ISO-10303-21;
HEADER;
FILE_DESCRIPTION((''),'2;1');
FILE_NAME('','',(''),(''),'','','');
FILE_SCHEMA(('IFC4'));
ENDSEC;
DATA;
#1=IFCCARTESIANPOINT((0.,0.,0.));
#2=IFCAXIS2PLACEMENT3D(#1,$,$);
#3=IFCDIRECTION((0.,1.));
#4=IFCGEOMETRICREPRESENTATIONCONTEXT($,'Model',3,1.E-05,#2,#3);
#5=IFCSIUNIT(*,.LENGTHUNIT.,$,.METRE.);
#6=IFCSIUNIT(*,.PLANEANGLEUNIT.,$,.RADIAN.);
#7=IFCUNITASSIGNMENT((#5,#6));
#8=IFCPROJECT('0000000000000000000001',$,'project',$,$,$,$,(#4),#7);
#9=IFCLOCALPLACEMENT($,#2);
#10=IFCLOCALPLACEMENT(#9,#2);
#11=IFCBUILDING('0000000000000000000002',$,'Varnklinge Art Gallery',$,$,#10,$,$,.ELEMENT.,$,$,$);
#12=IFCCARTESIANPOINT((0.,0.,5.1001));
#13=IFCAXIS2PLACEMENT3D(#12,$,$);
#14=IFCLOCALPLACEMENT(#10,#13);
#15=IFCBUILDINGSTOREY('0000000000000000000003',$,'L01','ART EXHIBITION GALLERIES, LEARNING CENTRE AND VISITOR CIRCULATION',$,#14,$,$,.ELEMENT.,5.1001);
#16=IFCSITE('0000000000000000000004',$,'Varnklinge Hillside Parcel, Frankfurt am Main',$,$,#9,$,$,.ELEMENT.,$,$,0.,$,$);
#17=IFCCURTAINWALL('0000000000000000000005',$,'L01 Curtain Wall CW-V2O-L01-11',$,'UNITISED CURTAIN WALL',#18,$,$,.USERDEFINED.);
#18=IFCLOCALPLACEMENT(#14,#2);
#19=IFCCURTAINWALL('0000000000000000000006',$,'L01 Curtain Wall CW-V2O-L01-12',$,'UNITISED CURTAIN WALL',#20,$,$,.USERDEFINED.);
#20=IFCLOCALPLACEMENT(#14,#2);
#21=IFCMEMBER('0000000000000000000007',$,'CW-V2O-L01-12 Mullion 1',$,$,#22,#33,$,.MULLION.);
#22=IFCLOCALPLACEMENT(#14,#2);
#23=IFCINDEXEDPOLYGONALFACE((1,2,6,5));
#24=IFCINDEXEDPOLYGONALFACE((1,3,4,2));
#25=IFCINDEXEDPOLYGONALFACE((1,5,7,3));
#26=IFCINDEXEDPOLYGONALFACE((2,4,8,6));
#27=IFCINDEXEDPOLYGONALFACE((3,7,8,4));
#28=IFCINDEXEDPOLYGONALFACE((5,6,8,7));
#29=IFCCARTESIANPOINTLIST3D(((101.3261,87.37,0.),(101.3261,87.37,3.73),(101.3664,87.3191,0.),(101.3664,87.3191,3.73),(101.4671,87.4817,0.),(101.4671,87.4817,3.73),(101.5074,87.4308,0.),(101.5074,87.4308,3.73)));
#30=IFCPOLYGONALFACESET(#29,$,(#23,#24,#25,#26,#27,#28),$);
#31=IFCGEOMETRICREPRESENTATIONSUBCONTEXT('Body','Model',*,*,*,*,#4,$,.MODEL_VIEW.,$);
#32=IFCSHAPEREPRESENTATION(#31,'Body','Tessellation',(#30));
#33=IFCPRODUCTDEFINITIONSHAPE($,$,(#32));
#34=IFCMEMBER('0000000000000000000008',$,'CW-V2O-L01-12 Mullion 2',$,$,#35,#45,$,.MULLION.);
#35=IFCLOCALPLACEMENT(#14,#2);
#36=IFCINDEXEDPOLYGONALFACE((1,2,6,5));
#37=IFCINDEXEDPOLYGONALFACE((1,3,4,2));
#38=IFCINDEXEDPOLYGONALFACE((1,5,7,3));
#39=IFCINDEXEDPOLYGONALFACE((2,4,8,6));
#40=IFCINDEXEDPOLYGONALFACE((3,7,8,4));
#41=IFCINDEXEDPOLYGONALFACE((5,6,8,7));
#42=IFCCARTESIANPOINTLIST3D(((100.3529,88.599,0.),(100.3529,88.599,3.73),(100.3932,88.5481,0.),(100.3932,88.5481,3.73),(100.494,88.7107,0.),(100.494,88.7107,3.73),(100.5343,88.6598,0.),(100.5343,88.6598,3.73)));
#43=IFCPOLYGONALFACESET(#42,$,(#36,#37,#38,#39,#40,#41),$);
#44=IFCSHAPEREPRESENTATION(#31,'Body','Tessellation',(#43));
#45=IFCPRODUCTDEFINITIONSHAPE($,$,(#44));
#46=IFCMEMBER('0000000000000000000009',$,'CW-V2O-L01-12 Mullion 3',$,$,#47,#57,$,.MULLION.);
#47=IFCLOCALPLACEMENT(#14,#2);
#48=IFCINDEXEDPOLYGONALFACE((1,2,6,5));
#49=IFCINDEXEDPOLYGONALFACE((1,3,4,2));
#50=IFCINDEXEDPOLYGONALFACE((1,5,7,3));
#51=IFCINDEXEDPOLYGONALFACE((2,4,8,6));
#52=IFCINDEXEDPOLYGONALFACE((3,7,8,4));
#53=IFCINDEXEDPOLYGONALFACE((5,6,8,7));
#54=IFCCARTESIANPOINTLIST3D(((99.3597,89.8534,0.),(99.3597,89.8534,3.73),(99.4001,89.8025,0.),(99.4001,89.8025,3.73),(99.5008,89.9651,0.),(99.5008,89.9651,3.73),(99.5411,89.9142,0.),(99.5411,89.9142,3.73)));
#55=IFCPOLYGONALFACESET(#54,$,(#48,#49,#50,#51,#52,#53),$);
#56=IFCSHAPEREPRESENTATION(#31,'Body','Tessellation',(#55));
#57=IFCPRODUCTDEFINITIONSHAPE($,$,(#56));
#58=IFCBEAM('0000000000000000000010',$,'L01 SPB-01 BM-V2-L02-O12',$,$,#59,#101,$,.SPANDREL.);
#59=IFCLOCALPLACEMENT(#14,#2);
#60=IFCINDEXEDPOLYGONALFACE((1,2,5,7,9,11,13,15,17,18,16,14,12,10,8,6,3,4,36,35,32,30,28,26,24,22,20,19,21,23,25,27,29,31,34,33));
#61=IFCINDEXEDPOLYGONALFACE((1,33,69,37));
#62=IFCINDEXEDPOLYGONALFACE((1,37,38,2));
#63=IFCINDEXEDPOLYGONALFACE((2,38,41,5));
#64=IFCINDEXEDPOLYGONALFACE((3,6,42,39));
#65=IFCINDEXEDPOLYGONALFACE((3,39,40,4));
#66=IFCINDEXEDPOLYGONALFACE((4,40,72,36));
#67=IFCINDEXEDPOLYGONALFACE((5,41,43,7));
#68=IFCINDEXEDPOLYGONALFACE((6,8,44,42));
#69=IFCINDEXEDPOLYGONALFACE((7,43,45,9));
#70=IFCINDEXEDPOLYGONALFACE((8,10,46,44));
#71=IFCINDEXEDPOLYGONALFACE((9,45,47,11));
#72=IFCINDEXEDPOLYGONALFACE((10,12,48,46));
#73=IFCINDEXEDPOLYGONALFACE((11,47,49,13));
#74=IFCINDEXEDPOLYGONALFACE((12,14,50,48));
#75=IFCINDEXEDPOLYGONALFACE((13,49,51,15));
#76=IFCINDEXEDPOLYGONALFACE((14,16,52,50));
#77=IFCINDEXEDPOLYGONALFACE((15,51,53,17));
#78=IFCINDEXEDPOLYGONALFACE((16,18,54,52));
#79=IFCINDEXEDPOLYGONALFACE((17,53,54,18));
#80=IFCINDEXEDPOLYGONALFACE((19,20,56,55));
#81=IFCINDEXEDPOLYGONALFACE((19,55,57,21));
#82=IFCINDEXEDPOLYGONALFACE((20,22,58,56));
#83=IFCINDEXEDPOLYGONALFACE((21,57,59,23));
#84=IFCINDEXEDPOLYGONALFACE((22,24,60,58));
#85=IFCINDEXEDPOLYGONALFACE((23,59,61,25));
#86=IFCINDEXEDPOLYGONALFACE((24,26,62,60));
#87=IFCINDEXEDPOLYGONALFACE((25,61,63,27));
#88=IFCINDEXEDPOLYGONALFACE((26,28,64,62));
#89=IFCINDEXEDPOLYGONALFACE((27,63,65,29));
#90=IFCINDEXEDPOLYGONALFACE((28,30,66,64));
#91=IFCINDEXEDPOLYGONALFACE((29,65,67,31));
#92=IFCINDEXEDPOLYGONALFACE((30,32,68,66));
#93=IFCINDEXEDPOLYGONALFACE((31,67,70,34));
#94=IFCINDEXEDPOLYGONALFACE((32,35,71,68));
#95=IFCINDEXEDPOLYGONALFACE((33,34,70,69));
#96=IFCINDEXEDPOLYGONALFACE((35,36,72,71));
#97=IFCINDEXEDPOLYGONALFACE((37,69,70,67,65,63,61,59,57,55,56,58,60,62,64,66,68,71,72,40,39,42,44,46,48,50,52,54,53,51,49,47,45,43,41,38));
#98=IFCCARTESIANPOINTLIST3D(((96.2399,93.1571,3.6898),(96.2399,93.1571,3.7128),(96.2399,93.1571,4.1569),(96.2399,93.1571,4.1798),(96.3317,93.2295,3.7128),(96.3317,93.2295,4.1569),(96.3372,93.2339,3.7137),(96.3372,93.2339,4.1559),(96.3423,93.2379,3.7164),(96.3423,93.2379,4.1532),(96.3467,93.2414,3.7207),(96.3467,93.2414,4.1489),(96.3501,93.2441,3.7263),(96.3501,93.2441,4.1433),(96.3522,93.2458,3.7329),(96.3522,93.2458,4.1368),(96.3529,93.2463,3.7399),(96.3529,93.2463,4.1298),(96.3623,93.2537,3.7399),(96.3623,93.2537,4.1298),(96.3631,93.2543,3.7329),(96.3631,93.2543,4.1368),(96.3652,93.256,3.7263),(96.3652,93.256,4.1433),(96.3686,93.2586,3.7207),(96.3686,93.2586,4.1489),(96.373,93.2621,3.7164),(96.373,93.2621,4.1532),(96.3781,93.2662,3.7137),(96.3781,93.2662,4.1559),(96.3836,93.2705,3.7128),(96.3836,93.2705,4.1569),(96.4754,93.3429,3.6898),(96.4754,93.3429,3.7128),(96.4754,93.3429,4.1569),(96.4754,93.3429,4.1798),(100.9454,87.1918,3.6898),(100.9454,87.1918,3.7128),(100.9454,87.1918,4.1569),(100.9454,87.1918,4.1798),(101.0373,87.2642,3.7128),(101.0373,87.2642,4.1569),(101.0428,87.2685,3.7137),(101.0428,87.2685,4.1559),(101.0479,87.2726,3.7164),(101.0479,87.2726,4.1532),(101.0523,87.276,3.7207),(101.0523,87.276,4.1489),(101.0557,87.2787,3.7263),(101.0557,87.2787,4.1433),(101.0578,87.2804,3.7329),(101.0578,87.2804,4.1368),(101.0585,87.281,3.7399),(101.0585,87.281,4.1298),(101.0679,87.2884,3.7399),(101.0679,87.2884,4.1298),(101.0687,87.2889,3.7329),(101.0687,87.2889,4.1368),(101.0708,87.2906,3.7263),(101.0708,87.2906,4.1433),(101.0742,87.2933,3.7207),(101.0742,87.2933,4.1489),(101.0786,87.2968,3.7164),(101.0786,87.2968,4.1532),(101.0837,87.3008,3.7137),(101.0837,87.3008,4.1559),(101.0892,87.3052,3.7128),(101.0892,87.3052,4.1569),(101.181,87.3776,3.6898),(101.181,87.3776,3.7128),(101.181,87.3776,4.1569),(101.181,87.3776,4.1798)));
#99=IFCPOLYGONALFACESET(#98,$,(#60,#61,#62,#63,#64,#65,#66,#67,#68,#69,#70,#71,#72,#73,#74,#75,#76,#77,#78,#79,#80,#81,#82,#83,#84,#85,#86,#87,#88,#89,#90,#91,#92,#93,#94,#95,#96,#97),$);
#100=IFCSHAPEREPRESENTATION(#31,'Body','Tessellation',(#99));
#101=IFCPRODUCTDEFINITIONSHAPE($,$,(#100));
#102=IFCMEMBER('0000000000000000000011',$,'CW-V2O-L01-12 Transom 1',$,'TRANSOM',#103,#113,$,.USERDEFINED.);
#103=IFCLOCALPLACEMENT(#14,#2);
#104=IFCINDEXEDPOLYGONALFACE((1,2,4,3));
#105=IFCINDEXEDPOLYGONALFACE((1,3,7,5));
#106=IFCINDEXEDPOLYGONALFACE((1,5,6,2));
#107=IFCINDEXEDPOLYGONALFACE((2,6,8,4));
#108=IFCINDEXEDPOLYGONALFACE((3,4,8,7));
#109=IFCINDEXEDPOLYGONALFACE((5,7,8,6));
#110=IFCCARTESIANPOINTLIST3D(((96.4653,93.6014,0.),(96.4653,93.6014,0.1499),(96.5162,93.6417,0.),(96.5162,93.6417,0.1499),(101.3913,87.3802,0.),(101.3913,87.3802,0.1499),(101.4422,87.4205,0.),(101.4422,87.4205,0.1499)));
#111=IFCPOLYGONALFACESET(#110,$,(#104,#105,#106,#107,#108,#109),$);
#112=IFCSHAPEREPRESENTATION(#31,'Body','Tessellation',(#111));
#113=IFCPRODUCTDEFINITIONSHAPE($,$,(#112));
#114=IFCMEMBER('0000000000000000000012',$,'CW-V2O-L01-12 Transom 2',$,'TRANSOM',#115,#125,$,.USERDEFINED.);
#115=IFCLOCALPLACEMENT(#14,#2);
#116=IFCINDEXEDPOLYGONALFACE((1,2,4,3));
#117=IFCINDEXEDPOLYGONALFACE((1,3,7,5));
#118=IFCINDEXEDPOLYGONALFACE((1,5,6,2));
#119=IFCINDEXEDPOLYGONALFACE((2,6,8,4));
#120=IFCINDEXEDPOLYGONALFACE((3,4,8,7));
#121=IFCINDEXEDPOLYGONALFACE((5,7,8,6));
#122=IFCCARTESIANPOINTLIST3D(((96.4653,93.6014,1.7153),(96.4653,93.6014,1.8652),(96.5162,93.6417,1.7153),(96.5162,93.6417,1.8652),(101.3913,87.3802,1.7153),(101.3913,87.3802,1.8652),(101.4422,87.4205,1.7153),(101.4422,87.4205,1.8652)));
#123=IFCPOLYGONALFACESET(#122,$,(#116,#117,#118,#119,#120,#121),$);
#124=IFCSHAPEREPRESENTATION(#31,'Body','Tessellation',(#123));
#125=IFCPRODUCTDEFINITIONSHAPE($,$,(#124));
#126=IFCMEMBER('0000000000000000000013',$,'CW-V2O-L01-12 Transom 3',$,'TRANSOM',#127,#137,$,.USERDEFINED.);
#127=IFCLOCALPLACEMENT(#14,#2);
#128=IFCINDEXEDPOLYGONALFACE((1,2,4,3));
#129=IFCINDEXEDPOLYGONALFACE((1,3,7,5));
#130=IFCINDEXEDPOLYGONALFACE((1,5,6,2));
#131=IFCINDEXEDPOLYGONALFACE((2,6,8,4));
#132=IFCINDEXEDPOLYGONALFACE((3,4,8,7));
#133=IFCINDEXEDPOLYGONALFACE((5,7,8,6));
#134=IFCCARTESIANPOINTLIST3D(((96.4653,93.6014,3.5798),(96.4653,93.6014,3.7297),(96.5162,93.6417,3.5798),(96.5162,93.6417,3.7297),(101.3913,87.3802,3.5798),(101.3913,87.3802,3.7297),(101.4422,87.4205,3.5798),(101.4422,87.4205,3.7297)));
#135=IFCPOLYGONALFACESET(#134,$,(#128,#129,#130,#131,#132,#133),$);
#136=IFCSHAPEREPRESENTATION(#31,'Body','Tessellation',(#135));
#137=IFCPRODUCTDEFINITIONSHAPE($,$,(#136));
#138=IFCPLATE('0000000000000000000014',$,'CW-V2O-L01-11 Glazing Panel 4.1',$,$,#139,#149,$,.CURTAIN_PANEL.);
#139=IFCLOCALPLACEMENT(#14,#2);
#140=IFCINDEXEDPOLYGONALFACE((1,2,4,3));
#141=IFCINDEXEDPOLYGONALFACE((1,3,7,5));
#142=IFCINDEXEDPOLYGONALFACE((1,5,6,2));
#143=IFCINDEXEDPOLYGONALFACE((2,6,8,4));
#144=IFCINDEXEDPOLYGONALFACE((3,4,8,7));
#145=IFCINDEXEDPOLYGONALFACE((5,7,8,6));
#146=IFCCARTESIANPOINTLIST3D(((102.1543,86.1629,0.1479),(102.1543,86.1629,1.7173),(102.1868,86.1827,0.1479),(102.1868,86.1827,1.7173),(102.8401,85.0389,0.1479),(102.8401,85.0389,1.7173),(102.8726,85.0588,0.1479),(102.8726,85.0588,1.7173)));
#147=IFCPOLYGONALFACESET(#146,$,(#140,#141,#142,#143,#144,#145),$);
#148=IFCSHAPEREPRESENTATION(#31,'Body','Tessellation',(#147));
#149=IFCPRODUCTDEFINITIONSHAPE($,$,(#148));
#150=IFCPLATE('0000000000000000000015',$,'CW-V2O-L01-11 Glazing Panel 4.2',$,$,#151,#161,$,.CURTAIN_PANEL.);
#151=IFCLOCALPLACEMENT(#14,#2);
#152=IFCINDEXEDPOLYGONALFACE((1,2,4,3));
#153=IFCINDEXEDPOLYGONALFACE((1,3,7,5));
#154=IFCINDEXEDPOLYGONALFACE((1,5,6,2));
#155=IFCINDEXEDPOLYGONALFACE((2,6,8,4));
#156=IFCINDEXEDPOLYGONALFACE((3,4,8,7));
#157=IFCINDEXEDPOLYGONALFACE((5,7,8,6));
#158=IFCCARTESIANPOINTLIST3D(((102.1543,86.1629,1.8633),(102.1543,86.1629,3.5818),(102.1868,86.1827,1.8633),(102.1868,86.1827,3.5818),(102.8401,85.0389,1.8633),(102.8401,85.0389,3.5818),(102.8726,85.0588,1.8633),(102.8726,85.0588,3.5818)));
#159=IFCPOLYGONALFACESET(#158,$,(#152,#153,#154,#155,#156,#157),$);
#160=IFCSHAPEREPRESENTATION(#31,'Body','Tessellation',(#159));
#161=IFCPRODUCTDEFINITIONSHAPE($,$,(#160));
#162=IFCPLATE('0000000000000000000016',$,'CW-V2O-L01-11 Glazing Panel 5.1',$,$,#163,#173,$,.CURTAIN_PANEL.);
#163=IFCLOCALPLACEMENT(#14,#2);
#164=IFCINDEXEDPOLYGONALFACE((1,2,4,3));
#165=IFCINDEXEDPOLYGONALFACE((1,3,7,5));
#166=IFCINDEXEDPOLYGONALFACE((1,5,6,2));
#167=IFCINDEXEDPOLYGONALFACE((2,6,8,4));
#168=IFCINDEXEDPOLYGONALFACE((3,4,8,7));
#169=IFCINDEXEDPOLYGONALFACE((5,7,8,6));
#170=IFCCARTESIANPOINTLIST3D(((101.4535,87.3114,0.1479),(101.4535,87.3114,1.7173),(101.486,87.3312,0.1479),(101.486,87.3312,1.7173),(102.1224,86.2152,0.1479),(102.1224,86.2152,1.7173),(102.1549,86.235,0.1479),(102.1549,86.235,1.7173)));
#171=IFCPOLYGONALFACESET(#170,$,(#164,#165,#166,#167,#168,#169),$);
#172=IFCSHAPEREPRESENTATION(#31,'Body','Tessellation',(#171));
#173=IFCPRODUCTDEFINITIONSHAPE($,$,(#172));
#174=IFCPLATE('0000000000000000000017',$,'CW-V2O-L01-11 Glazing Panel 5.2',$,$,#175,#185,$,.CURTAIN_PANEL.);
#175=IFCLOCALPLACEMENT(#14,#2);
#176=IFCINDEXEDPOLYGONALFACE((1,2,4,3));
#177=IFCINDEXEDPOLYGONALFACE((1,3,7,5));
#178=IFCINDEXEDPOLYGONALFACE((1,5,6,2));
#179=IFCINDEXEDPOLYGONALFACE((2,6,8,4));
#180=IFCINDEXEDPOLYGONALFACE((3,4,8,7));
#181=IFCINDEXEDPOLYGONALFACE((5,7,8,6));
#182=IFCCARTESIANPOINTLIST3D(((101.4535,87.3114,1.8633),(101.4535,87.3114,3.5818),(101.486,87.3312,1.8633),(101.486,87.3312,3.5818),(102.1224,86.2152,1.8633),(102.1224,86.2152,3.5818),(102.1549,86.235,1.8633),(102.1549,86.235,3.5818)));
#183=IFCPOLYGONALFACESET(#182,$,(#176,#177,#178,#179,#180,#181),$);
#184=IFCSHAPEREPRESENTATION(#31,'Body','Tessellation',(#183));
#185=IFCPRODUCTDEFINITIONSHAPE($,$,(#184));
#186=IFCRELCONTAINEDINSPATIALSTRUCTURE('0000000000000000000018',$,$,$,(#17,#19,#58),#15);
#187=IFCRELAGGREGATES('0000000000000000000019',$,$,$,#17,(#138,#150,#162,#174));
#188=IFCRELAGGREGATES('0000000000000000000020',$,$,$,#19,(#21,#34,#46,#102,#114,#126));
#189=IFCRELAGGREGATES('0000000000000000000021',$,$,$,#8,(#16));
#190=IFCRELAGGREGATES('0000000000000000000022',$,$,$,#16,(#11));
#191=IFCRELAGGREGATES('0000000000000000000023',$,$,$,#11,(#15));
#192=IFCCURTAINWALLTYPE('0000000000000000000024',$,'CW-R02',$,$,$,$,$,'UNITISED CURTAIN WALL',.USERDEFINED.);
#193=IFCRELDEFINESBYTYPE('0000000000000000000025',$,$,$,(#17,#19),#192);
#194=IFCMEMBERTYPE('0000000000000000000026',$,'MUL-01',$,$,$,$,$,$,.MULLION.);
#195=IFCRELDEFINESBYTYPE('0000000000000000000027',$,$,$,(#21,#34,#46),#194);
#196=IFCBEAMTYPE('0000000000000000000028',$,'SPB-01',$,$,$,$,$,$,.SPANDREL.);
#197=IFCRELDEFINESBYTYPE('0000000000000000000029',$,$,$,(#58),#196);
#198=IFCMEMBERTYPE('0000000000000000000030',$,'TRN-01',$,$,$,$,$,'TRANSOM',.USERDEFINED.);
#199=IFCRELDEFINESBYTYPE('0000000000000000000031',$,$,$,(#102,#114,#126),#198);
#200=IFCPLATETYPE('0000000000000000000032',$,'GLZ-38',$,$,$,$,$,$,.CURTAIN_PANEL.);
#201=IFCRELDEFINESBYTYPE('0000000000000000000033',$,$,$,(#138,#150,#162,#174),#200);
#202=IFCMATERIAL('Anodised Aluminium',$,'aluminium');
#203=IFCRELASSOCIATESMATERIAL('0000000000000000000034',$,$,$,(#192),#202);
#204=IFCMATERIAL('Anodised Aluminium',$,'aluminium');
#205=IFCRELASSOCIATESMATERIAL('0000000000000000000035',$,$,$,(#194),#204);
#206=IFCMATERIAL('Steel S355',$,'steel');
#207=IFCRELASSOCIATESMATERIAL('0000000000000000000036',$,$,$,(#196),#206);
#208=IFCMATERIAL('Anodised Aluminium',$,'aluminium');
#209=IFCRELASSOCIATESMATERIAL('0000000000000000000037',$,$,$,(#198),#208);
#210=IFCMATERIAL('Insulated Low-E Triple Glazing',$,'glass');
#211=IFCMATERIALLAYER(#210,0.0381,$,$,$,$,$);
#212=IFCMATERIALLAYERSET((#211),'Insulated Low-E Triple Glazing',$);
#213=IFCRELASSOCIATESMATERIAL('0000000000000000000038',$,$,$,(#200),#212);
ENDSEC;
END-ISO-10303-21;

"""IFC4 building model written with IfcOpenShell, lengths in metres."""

from ifc_helpers import new_model, si_unit, direction, frame, origin, origin_2d, place, context, subcontext, project, spatial, rectangle, i_section, extrude, material, layer, layer_set, material_profile, profile_set, type_object, element, aggregate, save


model = new_model("IFC4")

# Units and contexts
model_context = context("Model", 3, precision=1e-05, world=origin(), true_north=direction((0.0, 1.0)))
body_context = subcontext(model_context, "Body", "Model", "MODEL_VIEW")
ifc_project = project(units=[si_unit("LENGTHUNIT", "METRE"), si_unit("PLANEANGLEUNIT", "RADIAN")], contexts=[model_context])

# Site, building, storey
site_placement = place(None, origin())
site = spatial("IfcSite", under=ifc_project, at=site_placement, Name="Varnklinge Hillside Parcel, Frankfurt am Main", CompositionType="ELEMENT", RefElevation=0.0)
building_placement = place(site_placement, origin())
building = spatial("IfcBuilding", under=site, at=building_placement, Name="Varnklinge Art Gallery", CompositionType="ELEMENT")
storey_placement = place(building_placement, frame((0.0, 0.0, 5.1001)))
storey = spatial("IfcBuildingStorey", under=building, at=storey_placement, Name="L01", Description="ART EXHIBITION GALLERIES, LEARNING CENTRE AND VISITOR CIRCULATION", CompositionType="ELEMENT", Elevation=5.1001)

# Curtain walls, members
ifc_material_1 = material(Name="Anodised Aluminium", Category="aluminium")
curtain_wall_type = type_object("IfcCurtainWallType", Name="CW-R02", ElementType="UNITISED CURTAIN WALL", PredefinedType="USERDEFINED", material=ifc_material_1)
curtain_wall_1_placement = place(storey_placement, origin())
curtain_wall_1 = element("IfcCurtainWall", 1, at=curtain_wall_1_placement, inside=storey, type_object=curtain_wall_type, Name="L01 Curtain Wall CW-V2O-L01-11", ObjectType="UNITISED CURTAIN WALL", PredefinedType="USERDEFINED")
ifc_material_2 = material(Name="Anodised Aluminium", Category="aluminium")
ifc_material_profile_1 = material_profile(ifc_material_2, rectangle(XDim=0.0649, YDim=0.1799, at=origin_2d()), Name="ALU 65x180")
ifc_profile_set_1 = profile_set([ifc_material_profile_1], Name="Anodised Aluminium")
member_type_1 = type_object("IfcMemberType", Name="MUL-01", PredefinedType="MULLION", material=ifc_profile_set_1)
curtain_wall_2_placement = place(storey_placement, origin())
curtain_wall_2 = element("IfcCurtainWall", 2, at=curtain_wall_2_placement, inside=storey, type_object=curtain_wall_type, Name="L01 Curtain Wall CW-V2O-L01-12", ObjectType="UNITISED CURTAIN WALL", PredefinedType="USERDEFINED")
member_1_placement = place(storey_placement, frame((101.4167, 87.4004, 0.0), z_axis=(0.0, 0.0, 1.0), x_axis=(-0.620737, 0.784019, 0.0)))
member_1 = element("IfcMember", 3, at=member_1_placement, type_object=member_type_1, Name="CW-V2O-L01-12 Mullion 1", PredefinedType="MULLION", context=body_context, shape_type="SweptSolid", body=[
    extrude(rectangle(XDim=0.0649, YDim=0.1799, at=origin_2d()), origin(), (0.0, 0.0, 1.0), 3.73),
])
member_2_placement = place(storey_placement, frame((100.4436, 88.6294, 0.0), z_axis=(0.0, 0.0, 1.0), x_axis=(-0.620737, 0.784019, 0.0)))
member_2 = element("IfcMember", 4, at=member_2_placement, type_object=member_type_1, Name="CW-V2O-L01-12 Mullion 2", PredefinedType="MULLION", context=body_context, shape_type="SweptSolid", body=[
    extrude(rectangle(XDim=0.0649, YDim=0.1799, at=origin_2d()), origin(), (0.0, 0.0, 1.0), 3.73),
])
member_3_placement = place(storey_placement, frame((99.4504, 89.8838, 0.0), z_axis=(0.0, 0.0, 1.0), x_axis=(-0.620737, 0.784019, 0.0)))
member_3 = element("IfcMember", 5, at=member_3_placement, type_object=member_type_1, Name="CW-V2O-L01-12 Mullion 3", PredefinedType="MULLION", context=body_context, shape_type="SweptSolid", body=[
    extrude(rectangle(XDim=0.0649, YDim=0.1799, at=origin_2d()), origin(), (0.0, 0.0, 1.0), 3.73),
])

# Beam
ifc_material_3 = material(Name="Steel S355", Category="steel")
ifc_material_profile_2 = material_profile(ifc_material_3, i_section(OverallWidth=0.3, OverallDepth=0.49, WebThickness=0.012, FlangeThickness=0.0229, FilletRadius=0.0271, at=origin_2d()), Name="HEA 500")
ifc_profile_set_2 = profile_set([ifc_material_profile_2], Name="Steel S355")
beam_type_1 = type_object("IfcBeamType", Name="SPB-01", PredefinedType="SPANDREL", material=ifc_profile_set_2)
beam_1_placement = place(storey_placement, frame((101.0632, 87.2847, 3.9348), z_axis=(-0.619328, 0.785133, 0.0), x_axis=(-0.785133, -0.619328, 0.0)))
element("IfcBeam", 6, at=beam_1_placement, inside=storey, type_object=beam_type_1, Name="L01 SPB-01 BM-V2-L02-O12", PredefinedType="SPANDREL", context=body_context, shape_type="SweptSolid", body=[
    extrude(i_section(OverallWidth=0.3, OverallDepth=0.49, WebThickness=0.012, FlangeThickness=0.0229, FilletRadius=0.0271, at=origin_2d()), origin(), (0.0, 0.0, 1.0), 7.5979),
])

# Members
ifc_material_4 = material(Name="Anodised Aluminium", Category="aluminium")
ifc_material_profile_3 = material_profile(ifc_material_4, rectangle(XDim=0.0649, YDim=0.1499, at=origin_2d()), Name="ALU 65x150")
ifc_profile_set_3 = profile_set([ifc_material_profile_3], Name="Anodised Aluminium")
member_type_2 = type_object("IfcMemberType", Name="TRN-01", ElementType="TRANSOM", PredefinedType="USERDEFINED", material=ifc_profile_set_3)
member_4_placement = place(storey_placement, frame((101.4167, 87.4004, 0.075), z_axis=(-0.620774, 0.78399, 0.0), x_axis=(-0.78399, -0.620774, 0.0)))
member_4 = element("IfcMember", 7, at=member_4_placement, type_object=member_type_2, Name="CW-V2O-L01-12 Transom 1", ObjectType="TRANSOM", PredefinedType="USERDEFINED", context=body_context, shape_type="SweptSolid", body=[
    extrude(rectangle(XDim=0.0649, YDim=0.1499, at=origin_2d()), origin(), (0.0, 0.0, 1.0), 7.9353),
])
member_5_placement = place(storey_placement, frame((101.4167, 87.4004, 1.7903), z_axis=(-0.620774, 0.78399, 0.0), x_axis=(-0.78399, -0.620774, 0.0)))
member_5 = element("IfcMember", 8, at=member_5_placement, type_object=member_type_2, Name="CW-V2O-L01-12 Transom 2", ObjectType="TRANSOM", PredefinedType="USERDEFINED", context=body_context, shape_type="SweptSolid", body=[
    extrude(rectangle(XDim=0.0649, YDim=0.1499, at=origin_2d()), origin(), (0.0, 0.0, 1.0), 7.9353),
])
member_6_placement = place(storey_placement, frame((101.4167, 87.4004, 3.6548), z_axis=(-0.620774, 0.78399, 0.0), x_axis=(-0.78399, -0.620774, 0.0)))
member_6 = element("IfcMember", 9, at=member_6_placement, type_object=member_type_2, Name="CW-V2O-L01-12 Transom 3", ObjectType="TRANSOM", PredefinedType="USERDEFINED", context=body_context, shape_type="SweptSolid", body=[
    extrude(rectangle(XDim=0.0649, YDim=0.1499, at=origin_2d()), origin(), (0.0, 0.0, 1.0), 7.9353),
])

# Plates
ifc_material_5 = material(Name="Insulated Low-E Triple Glazing", Category="glass")
ifc_layer_1 = layer(ifc_material_5, 0.0381)
ifc_layer_set_1 = layer_set([ifc_layer_1], Name="Insulated Low-E Triple Glazing")
plate_type_1 = type_object("IfcPlateType", Name="GLZ-38", PredefinedType="CURTAIN_PANEL", material=ifc_layer_set_1)
plate_1_placement = place(storey_placement, frame((102.5134, 85.6108, 0.1479), z_axis=(0.0, 0.0, 1.0), x_axis=(-0.520861, 0.853642, 0.0)))
plate_1 = element("IfcPlate", 10, at=plate_1_placement, type_object=plate_type_1, Name="CW-V2O-L01-11 Glazing Panel 4.1", PredefinedType="CURTAIN_PANEL", context=body_context, shape_type="SweptSolid", body=[
    extrude(rectangle(XDim=1.3167, YDim=0.0381, at=origin_2d()), origin(), (0.0, 0.0, 1.0), 1.5693),
])
plate_2_placement = place(storey_placement, frame((102.5134, 85.6108, 1.8633), z_axis=(0.0, 0.0, 1.0), x_axis=(-0.520861, 0.853642, 0.0)))
plate_2 = element("IfcPlate", 11, at=plate_2_placement, type_object=plate_type_1, Name="CW-V2O-L01-11 Glazing Panel 4.2", PredefinedType="CURTAIN_PANEL", context=body_context, shape_type="SweptSolid", body=[
    extrude(rectangle(XDim=1.3167, YDim=0.0381, at=origin_2d()), origin(), (0.0, 0.0, 1.0), 1.7185),
])
plate_3_placement = place(storey_placement, frame((101.8042, 86.7732, 0.1479), z_axis=(0.0, 0.0, 1.0), x_axis=(-0.520861, 0.853642, 0.0)))
plate_3 = element("IfcPlate", 12, at=plate_3_placement, type_object=plate_type_1, Name="CW-V2O-L01-11 Glazing Panel 5.1", PredefinedType="CURTAIN_PANEL", context=body_context, shape_type="SweptSolid", body=[
    extrude(rectangle(XDim=1.2842, YDim=0.0381, at=origin_2d()), origin(), (0.0, 0.0, 1.0), 1.5693),
])
plate_4_placement = place(storey_placement, frame((101.8042, 86.7732, 1.8633), z_axis=(0.0, 0.0, 1.0), x_axis=(-0.520861, 0.853642, 0.0)))
plate_4 = element("IfcPlate", 13, at=plate_4_placement, type_object=plate_type_1, Name="CW-V2O-L01-11 Glazing Panel 5.2", PredefinedType="CURTAIN_PANEL", context=body_context, shape_type="SweptSolid", body=[
    extrude(rectangle(XDim=1.2842, YDim=0.0381, at=origin_2d()), origin(), (0.0, 0.0, 1.0), 1.7185),
])
aggregate(curtain_wall_1, [plate_1, plate_2, plate_3, plate_4])
aggregate(curtain_wall_2, [member_1, member_2, member_3, member_4, member_5, member_6])

save(model, "model.ifc")
